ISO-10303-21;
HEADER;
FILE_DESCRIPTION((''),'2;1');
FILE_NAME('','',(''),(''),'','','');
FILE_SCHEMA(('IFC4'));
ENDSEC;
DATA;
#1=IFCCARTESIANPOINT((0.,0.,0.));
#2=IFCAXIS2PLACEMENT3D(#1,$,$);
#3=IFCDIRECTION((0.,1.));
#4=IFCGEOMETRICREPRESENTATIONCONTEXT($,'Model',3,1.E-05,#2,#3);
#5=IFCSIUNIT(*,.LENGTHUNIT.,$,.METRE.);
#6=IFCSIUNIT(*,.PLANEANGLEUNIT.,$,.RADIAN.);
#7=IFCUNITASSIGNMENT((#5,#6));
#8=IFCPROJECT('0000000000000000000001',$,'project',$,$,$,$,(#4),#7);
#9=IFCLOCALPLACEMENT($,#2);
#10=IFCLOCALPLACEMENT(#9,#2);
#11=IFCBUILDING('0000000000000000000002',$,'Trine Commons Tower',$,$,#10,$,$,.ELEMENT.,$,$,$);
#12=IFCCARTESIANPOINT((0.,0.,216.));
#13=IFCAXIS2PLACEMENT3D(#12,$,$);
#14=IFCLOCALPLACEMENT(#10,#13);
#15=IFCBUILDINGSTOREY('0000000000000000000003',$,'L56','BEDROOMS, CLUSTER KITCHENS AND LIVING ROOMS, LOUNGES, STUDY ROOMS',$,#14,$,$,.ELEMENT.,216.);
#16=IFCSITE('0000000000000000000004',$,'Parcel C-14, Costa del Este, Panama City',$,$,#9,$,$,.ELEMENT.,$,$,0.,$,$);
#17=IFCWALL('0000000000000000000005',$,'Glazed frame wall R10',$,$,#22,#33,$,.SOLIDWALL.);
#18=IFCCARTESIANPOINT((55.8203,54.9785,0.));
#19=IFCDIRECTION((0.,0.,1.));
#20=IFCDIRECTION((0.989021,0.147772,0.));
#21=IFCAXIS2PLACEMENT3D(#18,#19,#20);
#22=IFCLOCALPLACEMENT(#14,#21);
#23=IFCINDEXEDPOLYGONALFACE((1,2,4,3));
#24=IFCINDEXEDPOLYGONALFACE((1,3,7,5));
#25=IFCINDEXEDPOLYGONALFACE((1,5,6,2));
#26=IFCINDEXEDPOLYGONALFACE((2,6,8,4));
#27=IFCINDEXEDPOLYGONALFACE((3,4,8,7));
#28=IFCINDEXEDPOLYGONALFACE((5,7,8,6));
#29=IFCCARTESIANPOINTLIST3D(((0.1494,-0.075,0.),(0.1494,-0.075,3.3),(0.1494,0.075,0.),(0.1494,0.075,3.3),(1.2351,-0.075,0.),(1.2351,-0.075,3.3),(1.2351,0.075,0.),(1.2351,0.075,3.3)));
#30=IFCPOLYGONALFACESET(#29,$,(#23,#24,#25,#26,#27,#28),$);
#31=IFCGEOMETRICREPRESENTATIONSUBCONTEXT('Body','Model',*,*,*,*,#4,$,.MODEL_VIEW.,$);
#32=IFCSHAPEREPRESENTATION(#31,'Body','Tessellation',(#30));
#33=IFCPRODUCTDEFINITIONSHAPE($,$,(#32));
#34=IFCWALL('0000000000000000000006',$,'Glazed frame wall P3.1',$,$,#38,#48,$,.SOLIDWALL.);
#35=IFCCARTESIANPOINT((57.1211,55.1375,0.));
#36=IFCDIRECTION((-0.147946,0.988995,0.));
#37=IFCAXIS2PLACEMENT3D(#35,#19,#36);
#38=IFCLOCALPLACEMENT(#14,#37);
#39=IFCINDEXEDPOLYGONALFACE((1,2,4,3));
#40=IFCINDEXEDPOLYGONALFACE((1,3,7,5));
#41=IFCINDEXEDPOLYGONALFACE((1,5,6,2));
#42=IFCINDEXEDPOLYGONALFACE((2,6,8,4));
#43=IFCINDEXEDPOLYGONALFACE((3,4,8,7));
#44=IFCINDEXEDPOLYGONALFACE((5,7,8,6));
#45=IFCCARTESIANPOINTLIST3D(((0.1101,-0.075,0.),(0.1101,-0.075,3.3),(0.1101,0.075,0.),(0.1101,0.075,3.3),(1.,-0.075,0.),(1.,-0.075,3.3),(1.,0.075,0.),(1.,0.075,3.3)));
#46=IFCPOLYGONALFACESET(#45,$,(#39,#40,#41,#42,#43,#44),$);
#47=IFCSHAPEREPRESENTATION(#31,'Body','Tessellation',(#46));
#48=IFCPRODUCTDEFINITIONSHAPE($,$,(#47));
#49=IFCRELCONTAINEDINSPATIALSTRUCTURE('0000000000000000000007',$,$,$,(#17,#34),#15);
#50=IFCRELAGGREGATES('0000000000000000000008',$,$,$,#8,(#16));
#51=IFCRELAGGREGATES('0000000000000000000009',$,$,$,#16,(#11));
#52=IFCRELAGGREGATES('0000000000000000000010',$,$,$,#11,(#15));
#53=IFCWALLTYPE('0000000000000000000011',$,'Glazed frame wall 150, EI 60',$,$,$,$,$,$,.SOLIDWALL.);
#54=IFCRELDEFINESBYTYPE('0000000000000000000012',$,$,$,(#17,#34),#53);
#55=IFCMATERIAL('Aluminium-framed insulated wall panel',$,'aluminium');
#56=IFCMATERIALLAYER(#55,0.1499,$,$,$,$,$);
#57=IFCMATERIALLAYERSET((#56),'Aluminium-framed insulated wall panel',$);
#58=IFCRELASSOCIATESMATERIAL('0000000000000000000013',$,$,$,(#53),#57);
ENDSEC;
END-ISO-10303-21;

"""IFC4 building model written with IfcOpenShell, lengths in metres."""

from ifc_helpers import new_model, si_unit, direction, frame, origin, place, context, subcontext, project, spatial, polyline, outline, extrude, material, layer, layer_set, type_object, element, save


model = new_model("IFC4")

# Units and contexts
model_context = context("Model", 3, precision=1e-05, world=origin(), true_north=direction((0.0, 1.0)))
body_context = subcontext(model_context, "Body", "Model", "MODEL_VIEW")
ifc_project = project(units=[si_unit("LENGTHUNIT", "METRE"), si_unit("PLANEANGLEUNIT", "RADIAN")], contexts=[model_context])

# Site, building, storey
site_placement = place(None, origin())
site = spatial("IfcSite", under=ifc_project, at=site_placement, Name="Parcel C-14, Costa del Este, Panama City", CompositionType="ELEMENT", RefElevation=0.0)
building_placement = place(site_placement, origin())
building = spatial("IfcBuilding", under=site, at=building_placement, Name="Trine Commons Tower", CompositionType="ELEMENT")
storey_placement = place(building_placement, frame((0.0, 0.0, 216.0)))
storey = spatial("IfcBuildingStorey", under=building, at=storey_placement, Name="L56", Description="BEDROOMS, CLUSTER KITCHENS AND LIVING ROOMS, LOUNGES, STUDY ROOMS", CompositionType="ELEMENT", Elevation=216.0)

# Walls
ifc_material_1 = material(Name="Aluminium-framed insulated wall panel", Category="aluminium")
ifc_layer_1 = layer(ifc_material_1, 0.1499)
ifc_layer_set_1 = layer_set([ifc_layer_1], Name="Aluminium-framed insulated wall panel")
wall_type_1 = type_object("IfcWallType", Name="Glazed frame wall 150, EI 60", PredefinedType="SOLIDWALL", material=ifc_layer_set_1)
wall_1_placement = place(storey_placement, frame((55.8203, 54.9785, 0.0), z_axis=(0.0, 0.0, 1.0), x_axis=(0.989021, 0.147772, 0.0)))
element("IfcWall", 1, at=wall_1_placement, inside=storey, type_object=wall_type_1, Name="Glazed frame wall R10", PredefinedType="SOLIDWALL", context=body_context, shape_type="SweptSolid", body=[
    extrude(outline(polyline([(0.1494, 0.075), (0.1494, -0.075), (1.2351, -0.075), (1.2351, 0.075), (0.1494, 0.075)])), origin(), (0.0, 0.0, 1.0), 3.3),
])
wall_2_placement = place(storey_placement, frame((57.1211, 55.1375, 0.0), z_axis=(0.0, 0.0, 1.0), x_axis=(-0.147946, 0.988995, 0.0)))
element("IfcWall", 2, at=wall_2_placement, inside=storey, type_object=wall_type_1, Name="Glazed frame wall P3.1", PredefinedType="SOLIDWALL", context=body_context, shape_type="SweptSolid", body=[
    extrude(outline(polyline([(0.1101, -0.075), (1.0, -0.075), (1.0, 0.075), (0.1101, 0.075), (0.1101, -0.075)])), origin(), (0.0, 0.0, 1.0), 3.3),
])

save(model, "model.ifc")
